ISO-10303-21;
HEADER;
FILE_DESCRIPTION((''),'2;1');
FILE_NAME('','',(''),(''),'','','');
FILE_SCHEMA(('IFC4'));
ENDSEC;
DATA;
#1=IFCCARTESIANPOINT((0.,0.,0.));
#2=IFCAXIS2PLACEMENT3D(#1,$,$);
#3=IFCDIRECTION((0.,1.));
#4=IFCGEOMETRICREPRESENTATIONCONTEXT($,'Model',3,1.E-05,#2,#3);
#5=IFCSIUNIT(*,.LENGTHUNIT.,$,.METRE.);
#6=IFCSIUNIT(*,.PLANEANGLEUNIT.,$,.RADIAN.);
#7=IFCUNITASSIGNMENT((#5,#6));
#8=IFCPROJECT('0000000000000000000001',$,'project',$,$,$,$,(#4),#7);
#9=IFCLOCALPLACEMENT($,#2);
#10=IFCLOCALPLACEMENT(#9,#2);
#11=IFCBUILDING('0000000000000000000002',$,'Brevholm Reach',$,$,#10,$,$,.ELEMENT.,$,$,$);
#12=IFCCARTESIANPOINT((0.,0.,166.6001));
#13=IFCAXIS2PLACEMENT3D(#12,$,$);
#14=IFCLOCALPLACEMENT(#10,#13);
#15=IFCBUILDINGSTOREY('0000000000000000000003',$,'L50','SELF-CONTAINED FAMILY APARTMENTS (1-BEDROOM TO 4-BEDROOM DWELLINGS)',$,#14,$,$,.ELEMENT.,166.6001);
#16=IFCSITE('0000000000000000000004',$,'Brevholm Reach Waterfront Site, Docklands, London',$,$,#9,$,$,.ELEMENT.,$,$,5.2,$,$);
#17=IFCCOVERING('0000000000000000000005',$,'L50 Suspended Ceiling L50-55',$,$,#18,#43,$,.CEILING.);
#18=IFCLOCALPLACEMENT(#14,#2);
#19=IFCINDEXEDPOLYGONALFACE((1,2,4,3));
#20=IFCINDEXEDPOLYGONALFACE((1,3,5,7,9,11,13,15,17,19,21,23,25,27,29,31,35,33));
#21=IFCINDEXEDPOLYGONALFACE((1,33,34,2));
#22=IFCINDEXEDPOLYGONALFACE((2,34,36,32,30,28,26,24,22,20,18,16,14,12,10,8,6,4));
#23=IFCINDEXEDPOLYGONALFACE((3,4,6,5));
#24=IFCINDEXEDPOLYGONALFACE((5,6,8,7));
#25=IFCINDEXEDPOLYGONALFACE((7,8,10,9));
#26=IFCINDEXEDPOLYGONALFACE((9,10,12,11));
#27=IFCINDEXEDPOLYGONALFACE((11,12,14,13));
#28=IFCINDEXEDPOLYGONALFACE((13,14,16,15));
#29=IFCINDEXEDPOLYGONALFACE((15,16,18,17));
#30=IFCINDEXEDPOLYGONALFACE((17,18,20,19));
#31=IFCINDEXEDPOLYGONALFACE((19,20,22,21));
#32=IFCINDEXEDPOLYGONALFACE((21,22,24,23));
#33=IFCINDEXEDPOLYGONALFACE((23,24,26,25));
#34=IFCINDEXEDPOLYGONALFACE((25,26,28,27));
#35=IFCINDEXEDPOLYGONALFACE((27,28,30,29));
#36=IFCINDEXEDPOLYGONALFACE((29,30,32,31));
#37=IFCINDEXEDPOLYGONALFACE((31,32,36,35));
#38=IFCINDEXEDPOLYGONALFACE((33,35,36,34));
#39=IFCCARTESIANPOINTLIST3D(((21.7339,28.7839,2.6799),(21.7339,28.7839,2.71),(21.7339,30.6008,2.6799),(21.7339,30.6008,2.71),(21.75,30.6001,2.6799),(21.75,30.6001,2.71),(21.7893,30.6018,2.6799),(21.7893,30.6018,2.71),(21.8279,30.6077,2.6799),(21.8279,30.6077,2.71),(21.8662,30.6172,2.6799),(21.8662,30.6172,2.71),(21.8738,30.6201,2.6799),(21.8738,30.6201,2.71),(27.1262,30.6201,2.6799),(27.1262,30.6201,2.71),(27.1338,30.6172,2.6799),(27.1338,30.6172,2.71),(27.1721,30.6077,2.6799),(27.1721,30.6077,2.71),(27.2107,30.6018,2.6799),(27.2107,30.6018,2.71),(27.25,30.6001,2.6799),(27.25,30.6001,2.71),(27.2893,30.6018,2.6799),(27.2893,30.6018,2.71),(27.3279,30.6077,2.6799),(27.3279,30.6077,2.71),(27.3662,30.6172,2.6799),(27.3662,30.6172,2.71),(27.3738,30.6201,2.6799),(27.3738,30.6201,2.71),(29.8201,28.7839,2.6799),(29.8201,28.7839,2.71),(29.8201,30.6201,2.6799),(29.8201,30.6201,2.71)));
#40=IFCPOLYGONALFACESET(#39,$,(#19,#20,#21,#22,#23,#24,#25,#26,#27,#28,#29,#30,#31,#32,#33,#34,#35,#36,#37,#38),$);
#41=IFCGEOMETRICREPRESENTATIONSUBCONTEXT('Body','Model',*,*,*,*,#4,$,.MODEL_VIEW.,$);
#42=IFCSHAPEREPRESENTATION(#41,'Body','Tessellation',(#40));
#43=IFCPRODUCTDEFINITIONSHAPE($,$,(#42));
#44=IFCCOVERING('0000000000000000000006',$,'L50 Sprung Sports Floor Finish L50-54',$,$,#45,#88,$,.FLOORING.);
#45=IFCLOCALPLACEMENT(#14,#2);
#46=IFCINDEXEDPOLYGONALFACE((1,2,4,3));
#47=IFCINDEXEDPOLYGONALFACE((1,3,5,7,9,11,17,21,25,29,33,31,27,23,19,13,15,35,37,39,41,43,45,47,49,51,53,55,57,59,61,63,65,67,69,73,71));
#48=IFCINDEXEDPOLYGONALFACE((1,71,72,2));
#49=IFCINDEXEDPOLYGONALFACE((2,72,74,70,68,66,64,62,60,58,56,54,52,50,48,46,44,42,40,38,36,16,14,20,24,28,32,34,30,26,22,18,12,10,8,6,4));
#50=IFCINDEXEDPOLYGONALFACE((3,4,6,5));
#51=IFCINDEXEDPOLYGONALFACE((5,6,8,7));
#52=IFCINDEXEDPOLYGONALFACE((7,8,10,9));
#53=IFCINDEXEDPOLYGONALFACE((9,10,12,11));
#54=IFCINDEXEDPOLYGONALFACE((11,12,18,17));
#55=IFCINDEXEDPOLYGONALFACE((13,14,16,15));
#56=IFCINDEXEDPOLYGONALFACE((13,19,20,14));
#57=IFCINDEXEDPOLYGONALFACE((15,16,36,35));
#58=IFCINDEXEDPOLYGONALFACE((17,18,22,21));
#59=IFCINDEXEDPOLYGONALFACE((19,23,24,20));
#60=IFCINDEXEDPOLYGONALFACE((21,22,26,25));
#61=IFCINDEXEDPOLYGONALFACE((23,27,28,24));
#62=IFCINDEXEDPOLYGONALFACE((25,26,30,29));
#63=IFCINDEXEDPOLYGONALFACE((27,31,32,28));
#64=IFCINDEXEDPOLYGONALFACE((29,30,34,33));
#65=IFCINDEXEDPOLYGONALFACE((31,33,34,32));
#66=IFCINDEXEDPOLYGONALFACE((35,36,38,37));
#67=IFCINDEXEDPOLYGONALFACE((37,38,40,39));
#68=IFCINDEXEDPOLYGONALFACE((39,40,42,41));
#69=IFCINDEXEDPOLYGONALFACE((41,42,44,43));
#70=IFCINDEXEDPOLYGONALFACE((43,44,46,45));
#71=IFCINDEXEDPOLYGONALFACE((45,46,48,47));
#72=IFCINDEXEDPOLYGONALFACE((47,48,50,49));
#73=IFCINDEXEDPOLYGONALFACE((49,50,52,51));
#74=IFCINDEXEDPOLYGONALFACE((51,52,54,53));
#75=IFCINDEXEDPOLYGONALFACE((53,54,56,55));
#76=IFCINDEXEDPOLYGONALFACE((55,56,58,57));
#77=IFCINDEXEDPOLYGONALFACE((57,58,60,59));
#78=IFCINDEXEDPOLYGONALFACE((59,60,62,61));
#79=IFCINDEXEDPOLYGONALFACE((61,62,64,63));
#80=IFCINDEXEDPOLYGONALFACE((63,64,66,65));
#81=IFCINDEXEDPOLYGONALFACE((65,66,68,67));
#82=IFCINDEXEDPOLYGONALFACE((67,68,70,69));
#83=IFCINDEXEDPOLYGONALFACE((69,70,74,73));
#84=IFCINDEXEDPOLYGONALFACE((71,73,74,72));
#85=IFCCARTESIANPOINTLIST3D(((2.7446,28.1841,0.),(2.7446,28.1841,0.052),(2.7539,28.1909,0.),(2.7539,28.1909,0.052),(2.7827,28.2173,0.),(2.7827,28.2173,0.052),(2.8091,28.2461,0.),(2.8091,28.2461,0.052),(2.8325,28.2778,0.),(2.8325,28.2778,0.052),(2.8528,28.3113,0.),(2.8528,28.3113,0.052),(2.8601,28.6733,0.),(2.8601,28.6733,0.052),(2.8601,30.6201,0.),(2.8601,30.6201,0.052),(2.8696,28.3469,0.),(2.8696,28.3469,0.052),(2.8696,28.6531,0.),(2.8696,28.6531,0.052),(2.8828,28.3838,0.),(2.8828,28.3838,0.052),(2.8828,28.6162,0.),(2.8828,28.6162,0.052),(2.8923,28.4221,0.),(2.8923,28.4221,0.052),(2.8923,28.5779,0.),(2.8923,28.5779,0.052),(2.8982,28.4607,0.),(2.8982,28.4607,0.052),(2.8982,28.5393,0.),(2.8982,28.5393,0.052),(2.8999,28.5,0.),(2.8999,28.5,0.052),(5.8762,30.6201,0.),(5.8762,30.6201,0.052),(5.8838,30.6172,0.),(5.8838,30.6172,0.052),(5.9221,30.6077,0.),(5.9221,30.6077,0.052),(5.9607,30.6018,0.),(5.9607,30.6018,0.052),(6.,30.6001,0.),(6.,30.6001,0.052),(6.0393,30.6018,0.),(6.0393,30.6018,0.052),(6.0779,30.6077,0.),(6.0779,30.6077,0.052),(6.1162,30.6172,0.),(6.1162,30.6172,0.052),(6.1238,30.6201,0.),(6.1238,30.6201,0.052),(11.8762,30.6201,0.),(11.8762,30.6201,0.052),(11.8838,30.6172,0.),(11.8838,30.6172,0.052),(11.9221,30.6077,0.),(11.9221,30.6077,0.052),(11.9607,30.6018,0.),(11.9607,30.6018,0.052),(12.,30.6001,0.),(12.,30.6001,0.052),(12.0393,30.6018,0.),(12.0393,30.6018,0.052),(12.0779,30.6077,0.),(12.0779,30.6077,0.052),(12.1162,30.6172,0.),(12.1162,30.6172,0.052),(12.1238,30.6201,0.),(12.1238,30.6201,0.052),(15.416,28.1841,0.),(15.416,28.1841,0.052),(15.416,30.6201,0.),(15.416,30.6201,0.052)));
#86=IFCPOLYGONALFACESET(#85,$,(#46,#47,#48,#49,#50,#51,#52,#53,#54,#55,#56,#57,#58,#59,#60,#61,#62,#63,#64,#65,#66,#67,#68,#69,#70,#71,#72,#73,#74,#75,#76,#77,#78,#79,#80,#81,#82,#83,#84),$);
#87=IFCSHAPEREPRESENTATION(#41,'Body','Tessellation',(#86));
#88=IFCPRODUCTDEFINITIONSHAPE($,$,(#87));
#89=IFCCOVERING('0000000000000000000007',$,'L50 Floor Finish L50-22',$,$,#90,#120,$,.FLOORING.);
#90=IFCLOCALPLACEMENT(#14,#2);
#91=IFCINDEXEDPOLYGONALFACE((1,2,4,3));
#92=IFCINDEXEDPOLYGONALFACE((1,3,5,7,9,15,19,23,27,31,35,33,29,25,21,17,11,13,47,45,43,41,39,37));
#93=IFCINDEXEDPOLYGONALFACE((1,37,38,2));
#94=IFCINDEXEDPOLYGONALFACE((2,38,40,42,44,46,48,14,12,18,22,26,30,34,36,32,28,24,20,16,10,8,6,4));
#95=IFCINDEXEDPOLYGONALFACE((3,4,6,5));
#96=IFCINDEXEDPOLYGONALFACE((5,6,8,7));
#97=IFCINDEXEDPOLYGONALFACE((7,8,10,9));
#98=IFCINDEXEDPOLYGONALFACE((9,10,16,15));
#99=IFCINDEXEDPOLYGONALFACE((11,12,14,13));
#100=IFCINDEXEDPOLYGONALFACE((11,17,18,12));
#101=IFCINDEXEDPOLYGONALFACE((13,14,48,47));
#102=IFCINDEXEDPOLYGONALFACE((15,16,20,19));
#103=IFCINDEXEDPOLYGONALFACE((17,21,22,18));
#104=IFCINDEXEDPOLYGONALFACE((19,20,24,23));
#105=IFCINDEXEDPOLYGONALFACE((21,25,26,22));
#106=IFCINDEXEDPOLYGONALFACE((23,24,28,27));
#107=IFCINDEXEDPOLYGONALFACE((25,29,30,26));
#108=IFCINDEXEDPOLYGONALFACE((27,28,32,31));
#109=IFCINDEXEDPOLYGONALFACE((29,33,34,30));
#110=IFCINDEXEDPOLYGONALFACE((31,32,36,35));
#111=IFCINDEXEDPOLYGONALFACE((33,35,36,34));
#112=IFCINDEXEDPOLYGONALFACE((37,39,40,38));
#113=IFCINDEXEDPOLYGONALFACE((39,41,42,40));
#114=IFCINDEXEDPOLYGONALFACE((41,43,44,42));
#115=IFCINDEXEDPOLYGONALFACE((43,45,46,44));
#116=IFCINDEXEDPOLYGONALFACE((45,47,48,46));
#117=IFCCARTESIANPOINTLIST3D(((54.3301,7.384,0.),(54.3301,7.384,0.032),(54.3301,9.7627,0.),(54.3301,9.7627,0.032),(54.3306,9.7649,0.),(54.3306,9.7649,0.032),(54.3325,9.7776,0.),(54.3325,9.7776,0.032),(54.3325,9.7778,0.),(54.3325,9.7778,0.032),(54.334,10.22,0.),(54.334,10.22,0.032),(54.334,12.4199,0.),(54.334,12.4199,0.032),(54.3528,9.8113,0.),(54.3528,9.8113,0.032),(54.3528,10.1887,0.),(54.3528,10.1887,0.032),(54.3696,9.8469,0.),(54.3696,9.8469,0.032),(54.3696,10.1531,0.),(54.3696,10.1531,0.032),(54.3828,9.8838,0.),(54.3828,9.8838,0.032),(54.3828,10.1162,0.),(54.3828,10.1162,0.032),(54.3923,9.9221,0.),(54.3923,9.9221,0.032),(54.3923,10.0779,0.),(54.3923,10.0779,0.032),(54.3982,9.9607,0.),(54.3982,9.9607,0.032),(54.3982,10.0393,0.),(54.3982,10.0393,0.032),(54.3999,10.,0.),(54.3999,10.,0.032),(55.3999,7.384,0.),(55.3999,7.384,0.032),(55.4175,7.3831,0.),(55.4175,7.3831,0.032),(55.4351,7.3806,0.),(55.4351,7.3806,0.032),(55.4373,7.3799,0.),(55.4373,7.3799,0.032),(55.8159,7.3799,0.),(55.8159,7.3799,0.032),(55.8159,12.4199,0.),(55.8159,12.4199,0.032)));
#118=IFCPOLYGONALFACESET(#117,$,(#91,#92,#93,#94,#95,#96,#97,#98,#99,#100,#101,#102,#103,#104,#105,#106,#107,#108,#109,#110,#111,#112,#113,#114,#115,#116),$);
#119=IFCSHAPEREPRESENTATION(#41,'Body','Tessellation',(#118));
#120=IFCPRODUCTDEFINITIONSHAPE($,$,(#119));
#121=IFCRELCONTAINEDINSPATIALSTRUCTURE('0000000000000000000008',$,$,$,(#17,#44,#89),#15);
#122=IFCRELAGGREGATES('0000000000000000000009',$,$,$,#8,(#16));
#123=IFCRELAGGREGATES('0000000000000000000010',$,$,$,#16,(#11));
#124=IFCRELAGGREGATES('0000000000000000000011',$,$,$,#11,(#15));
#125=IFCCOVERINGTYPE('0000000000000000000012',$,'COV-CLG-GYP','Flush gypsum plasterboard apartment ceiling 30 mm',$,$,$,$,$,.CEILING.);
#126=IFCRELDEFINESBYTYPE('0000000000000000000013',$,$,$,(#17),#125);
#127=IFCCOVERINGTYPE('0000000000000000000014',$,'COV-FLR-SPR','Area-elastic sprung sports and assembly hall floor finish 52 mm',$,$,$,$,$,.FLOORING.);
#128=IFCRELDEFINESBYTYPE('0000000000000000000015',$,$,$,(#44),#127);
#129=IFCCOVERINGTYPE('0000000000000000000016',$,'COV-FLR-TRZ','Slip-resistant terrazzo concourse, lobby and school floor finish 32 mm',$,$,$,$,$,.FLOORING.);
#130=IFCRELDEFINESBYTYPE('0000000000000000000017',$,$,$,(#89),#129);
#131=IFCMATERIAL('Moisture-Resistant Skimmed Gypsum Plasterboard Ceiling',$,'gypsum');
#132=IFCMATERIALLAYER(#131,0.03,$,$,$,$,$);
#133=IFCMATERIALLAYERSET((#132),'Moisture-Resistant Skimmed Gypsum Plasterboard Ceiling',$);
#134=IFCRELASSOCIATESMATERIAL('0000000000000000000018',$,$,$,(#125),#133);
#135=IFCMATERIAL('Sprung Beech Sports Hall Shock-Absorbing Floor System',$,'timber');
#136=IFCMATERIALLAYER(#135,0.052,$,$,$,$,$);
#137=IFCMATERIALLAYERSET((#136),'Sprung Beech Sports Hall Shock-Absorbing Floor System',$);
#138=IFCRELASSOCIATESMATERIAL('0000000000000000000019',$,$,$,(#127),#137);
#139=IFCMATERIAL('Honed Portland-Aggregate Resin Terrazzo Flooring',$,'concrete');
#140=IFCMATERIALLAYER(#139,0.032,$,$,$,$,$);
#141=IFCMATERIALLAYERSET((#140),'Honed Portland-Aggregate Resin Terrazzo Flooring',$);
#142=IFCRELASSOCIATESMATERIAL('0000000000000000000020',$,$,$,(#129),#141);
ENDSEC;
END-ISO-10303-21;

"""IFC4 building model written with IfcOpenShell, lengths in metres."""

from ifc_helpers import new_model, si_unit, direction, frame, origin, place, context, subcontext, project, spatial, polyline, outline, extrude, material, layer, layer_set, type_object, element, save


model = new_model("IFC4")

# Units and contexts
model_context = context("Model", 3, precision=1e-05, world=origin(), true_north=direction((0.0, 1.0)))
body_context = subcontext(model_context, "Body", "Model", "MODEL_VIEW")
ifc_project = project(units=[si_unit("LENGTHUNIT", "METRE"), si_unit("PLANEANGLEUNIT", "RADIAN")], contexts=[model_context])

# Site, building, storey
site_placement = place(None, origin())
site = spatial("IfcSite", under=ifc_project, at=site_placement, Name="Brevholm Reach Waterfront Site, Docklands, London", CompositionType="ELEMENT", RefElevation=5.2)
building_placement = place(site_placement, origin())
building = spatial("IfcBuilding", under=site, at=building_placement, Name="Brevholm Reach", CompositionType="ELEMENT")
storey_placement = place(building_placement, frame((0.0, 0.0, 166.6001)))
storey = spatial("IfcBuildingStorey", under=building, at=storey_placement, Name="L50", Description="SELF-CONTAINED FAMILY APARTMENTS (1-BEDROOM TO 4-BEDROOM DWELLINGS)", CompositionType="ELEMENT", Elevation=166.6001)

# Coverings
ifc_material_1 = material(Name="Moisture-Resistant Skimmed Gypsum Plasterboard Ceiling", Category="gypsum")
ifc_layer_1 = layer(ifc_material_1, 0.03)
ifc_layer_set_1 = layer_set([ifc_layer_1], Name="Moisture-Resistant Skimmed Gypsum Plasterboard Ceiling")
covering_type_1 = type_object("IfcCoveringType", Name="COV-CLG-GYP", Description="Flush gypsum plasterboard apartment ceiling 30 mm", PredefinedType="CEILING", material=ifc_layer_set_1)
covering_1_placement = place(storey_placement, frame((0.0, 0.0, 2.6799)))
element("IfcCovering", 1, at=covering_1_placement, inside=storey, type_object=covering_type_1, Name="L50 Suspended Ceiling L50-55", PredefinedType="CEILING", context=body_context, shape_type="SweptSolid", body=[
    extrude(outline(polyline([(27.1262, 30.6201), (27.1338, 30.6172), (27.1721, 30.6077), (27.2107, 30.6018), (27.25, 30.6001), (27.2893, 30.6018), (27.3279, 30.6077), (27.3662, 30.6172), (27.3738, 30.6201), (29.8201, 30.6201), (29.8201, 28.7839), (21.7339, 28.7839), (21.7339, 30.6008), (21.75, 30.6001), (21.7893, 30.6018), (21.8279, 30.6077), (21.8662, 30.6172), (21.8738, 30.6201), (27.1262, 30.6201)])), origin(), (0.0, 0.0, 1.0), 0.03),
])
ifc_material_2 = material(Name="Sprung Beech Sports Hall Shock-Absorbing Floor System", Category="timber")
ifc_layer_2 = layer(ifc_material_2, 0.052)
ifc_layer_set_2 = layer_set([ifc_layer_2], Name="Sprung Beech Sports Hall Shock-Absorbing Floor System")
covering_type_2 = type_object("IfcCoveringType", Name="COV-FLR-SPR", Description="Area-elastic sprung sports and assembly hall floor finish 52 mm", PredefinedType="FLOORING", material=ifc_layer_set_2)
covering_2_placement = place(storey_placement, origin())
element("IfcCovering", 2, at=covering_2_placement, inside=storey, type_object=covering_type_2, Name="L50 Sprung Sports Floor Finish L50-54", PredefinedType="FLOORING", context=body_context, shape_type="SweptSolid", body=[
    extrude(outline(polyline([(2.8601, 30.6201), (5.8762, 30.6201), (5.8838, 30.6172), (5.9221, 30.6077), (5.9607, 30.6018), (6.0, 30.6001), (6.0393, 30.6018), (6.0779, 30.6077), (6.1162, 30.6172), (6.1238, 30.6201), (11.8762, 30.6201), (11.8838, 30.6172), (11.9221, 30.6077), (11.9607, 30.6018), (12.0, 30.6001), (12.0393, 30.6018), (12.0779, 30.6077), (12.1162, 30.6172), (12.1238, 30.6201), (15.416, 30.6201), (15.416, 28.1841), (2.7446, 28.1841), (2.7539, 28.1909), (2.7827, 28.2173), (2.8091, 28.2461), (2.8325, 28.2778), (2.8528, 28.3113), (2.8696, 28.3469), (2.8828, 28.3838), (2.8923, 28.4221), (2.8982, 28.4607), (2.8999, 28.5), (2.8982, 28.5393), (2.8923, 28.5779), (2.8828, 28.6162), (2.8696, 28.6531), (2.8601, 28.6733), (2.8601, 30.6201)])), origin(), (0.0, 0.0, 1.0), 0.052),
])
ifc_material_3 = material(Name="Honed Portland-Aggregate Resin Terrazzo Flooring", Category="concrete")
ifc_layer_3 = layer(ifc_material_3, 0.032)
ifc_layer_set_3 = layer_set([ifc_layer_3], Name="Honed Portland-Aggregate Resin Terrazzo Flooring")
covering_type_3 = type_object("IfcCoveringType", Name="COV-FLR-TRZ", Description="Slip-resistant terrazzo concourse, lobby and school floor finish 32 mm", PredefinedType="FLOORING", material=ifc_layer_set_3)
covering_3_placement = place(storey_placement, origin())
element("IfcCovering", 3, at=covering_3_placement, inside=storey, type_object=covering_type_3, Name="L50 Floor Finish L50-22", PredefinedType="FLOORING", context=body_context, shape_type="SweptSolid", body=[
    extrude(outline(polyline([(54.3301, 9.7627), (54.3306, 9.7649), (54.3325, 9.7776), (54.3325, 9.7778), (54.3528, 9.8113), (54.3696, 9.8469), (54.3828, 9.8838), (54.3923, 9.9221), (54.3982, 9.9607), (54.3999, 10.0), (54.3982, 10.0393), (54.3923, 10.0779), (54.3828, 10.1162), (54.3696, 10.1531), (54.3528, 10.1887), (54.334, 10.22), (54.334, 12.4199), (55.8159, 12.4199), (55.8159, 7.3799), (55.4373, 7.3799), (55.4351, 7.3806), (55.4175, 7.3831), (55.3999, 7.384), (54.3301, 7.384), (54.3301, 9.7627)])), origin(), (0.0, 0.0, 1.0), 0.032),
])

save(model, "model.ifc")
